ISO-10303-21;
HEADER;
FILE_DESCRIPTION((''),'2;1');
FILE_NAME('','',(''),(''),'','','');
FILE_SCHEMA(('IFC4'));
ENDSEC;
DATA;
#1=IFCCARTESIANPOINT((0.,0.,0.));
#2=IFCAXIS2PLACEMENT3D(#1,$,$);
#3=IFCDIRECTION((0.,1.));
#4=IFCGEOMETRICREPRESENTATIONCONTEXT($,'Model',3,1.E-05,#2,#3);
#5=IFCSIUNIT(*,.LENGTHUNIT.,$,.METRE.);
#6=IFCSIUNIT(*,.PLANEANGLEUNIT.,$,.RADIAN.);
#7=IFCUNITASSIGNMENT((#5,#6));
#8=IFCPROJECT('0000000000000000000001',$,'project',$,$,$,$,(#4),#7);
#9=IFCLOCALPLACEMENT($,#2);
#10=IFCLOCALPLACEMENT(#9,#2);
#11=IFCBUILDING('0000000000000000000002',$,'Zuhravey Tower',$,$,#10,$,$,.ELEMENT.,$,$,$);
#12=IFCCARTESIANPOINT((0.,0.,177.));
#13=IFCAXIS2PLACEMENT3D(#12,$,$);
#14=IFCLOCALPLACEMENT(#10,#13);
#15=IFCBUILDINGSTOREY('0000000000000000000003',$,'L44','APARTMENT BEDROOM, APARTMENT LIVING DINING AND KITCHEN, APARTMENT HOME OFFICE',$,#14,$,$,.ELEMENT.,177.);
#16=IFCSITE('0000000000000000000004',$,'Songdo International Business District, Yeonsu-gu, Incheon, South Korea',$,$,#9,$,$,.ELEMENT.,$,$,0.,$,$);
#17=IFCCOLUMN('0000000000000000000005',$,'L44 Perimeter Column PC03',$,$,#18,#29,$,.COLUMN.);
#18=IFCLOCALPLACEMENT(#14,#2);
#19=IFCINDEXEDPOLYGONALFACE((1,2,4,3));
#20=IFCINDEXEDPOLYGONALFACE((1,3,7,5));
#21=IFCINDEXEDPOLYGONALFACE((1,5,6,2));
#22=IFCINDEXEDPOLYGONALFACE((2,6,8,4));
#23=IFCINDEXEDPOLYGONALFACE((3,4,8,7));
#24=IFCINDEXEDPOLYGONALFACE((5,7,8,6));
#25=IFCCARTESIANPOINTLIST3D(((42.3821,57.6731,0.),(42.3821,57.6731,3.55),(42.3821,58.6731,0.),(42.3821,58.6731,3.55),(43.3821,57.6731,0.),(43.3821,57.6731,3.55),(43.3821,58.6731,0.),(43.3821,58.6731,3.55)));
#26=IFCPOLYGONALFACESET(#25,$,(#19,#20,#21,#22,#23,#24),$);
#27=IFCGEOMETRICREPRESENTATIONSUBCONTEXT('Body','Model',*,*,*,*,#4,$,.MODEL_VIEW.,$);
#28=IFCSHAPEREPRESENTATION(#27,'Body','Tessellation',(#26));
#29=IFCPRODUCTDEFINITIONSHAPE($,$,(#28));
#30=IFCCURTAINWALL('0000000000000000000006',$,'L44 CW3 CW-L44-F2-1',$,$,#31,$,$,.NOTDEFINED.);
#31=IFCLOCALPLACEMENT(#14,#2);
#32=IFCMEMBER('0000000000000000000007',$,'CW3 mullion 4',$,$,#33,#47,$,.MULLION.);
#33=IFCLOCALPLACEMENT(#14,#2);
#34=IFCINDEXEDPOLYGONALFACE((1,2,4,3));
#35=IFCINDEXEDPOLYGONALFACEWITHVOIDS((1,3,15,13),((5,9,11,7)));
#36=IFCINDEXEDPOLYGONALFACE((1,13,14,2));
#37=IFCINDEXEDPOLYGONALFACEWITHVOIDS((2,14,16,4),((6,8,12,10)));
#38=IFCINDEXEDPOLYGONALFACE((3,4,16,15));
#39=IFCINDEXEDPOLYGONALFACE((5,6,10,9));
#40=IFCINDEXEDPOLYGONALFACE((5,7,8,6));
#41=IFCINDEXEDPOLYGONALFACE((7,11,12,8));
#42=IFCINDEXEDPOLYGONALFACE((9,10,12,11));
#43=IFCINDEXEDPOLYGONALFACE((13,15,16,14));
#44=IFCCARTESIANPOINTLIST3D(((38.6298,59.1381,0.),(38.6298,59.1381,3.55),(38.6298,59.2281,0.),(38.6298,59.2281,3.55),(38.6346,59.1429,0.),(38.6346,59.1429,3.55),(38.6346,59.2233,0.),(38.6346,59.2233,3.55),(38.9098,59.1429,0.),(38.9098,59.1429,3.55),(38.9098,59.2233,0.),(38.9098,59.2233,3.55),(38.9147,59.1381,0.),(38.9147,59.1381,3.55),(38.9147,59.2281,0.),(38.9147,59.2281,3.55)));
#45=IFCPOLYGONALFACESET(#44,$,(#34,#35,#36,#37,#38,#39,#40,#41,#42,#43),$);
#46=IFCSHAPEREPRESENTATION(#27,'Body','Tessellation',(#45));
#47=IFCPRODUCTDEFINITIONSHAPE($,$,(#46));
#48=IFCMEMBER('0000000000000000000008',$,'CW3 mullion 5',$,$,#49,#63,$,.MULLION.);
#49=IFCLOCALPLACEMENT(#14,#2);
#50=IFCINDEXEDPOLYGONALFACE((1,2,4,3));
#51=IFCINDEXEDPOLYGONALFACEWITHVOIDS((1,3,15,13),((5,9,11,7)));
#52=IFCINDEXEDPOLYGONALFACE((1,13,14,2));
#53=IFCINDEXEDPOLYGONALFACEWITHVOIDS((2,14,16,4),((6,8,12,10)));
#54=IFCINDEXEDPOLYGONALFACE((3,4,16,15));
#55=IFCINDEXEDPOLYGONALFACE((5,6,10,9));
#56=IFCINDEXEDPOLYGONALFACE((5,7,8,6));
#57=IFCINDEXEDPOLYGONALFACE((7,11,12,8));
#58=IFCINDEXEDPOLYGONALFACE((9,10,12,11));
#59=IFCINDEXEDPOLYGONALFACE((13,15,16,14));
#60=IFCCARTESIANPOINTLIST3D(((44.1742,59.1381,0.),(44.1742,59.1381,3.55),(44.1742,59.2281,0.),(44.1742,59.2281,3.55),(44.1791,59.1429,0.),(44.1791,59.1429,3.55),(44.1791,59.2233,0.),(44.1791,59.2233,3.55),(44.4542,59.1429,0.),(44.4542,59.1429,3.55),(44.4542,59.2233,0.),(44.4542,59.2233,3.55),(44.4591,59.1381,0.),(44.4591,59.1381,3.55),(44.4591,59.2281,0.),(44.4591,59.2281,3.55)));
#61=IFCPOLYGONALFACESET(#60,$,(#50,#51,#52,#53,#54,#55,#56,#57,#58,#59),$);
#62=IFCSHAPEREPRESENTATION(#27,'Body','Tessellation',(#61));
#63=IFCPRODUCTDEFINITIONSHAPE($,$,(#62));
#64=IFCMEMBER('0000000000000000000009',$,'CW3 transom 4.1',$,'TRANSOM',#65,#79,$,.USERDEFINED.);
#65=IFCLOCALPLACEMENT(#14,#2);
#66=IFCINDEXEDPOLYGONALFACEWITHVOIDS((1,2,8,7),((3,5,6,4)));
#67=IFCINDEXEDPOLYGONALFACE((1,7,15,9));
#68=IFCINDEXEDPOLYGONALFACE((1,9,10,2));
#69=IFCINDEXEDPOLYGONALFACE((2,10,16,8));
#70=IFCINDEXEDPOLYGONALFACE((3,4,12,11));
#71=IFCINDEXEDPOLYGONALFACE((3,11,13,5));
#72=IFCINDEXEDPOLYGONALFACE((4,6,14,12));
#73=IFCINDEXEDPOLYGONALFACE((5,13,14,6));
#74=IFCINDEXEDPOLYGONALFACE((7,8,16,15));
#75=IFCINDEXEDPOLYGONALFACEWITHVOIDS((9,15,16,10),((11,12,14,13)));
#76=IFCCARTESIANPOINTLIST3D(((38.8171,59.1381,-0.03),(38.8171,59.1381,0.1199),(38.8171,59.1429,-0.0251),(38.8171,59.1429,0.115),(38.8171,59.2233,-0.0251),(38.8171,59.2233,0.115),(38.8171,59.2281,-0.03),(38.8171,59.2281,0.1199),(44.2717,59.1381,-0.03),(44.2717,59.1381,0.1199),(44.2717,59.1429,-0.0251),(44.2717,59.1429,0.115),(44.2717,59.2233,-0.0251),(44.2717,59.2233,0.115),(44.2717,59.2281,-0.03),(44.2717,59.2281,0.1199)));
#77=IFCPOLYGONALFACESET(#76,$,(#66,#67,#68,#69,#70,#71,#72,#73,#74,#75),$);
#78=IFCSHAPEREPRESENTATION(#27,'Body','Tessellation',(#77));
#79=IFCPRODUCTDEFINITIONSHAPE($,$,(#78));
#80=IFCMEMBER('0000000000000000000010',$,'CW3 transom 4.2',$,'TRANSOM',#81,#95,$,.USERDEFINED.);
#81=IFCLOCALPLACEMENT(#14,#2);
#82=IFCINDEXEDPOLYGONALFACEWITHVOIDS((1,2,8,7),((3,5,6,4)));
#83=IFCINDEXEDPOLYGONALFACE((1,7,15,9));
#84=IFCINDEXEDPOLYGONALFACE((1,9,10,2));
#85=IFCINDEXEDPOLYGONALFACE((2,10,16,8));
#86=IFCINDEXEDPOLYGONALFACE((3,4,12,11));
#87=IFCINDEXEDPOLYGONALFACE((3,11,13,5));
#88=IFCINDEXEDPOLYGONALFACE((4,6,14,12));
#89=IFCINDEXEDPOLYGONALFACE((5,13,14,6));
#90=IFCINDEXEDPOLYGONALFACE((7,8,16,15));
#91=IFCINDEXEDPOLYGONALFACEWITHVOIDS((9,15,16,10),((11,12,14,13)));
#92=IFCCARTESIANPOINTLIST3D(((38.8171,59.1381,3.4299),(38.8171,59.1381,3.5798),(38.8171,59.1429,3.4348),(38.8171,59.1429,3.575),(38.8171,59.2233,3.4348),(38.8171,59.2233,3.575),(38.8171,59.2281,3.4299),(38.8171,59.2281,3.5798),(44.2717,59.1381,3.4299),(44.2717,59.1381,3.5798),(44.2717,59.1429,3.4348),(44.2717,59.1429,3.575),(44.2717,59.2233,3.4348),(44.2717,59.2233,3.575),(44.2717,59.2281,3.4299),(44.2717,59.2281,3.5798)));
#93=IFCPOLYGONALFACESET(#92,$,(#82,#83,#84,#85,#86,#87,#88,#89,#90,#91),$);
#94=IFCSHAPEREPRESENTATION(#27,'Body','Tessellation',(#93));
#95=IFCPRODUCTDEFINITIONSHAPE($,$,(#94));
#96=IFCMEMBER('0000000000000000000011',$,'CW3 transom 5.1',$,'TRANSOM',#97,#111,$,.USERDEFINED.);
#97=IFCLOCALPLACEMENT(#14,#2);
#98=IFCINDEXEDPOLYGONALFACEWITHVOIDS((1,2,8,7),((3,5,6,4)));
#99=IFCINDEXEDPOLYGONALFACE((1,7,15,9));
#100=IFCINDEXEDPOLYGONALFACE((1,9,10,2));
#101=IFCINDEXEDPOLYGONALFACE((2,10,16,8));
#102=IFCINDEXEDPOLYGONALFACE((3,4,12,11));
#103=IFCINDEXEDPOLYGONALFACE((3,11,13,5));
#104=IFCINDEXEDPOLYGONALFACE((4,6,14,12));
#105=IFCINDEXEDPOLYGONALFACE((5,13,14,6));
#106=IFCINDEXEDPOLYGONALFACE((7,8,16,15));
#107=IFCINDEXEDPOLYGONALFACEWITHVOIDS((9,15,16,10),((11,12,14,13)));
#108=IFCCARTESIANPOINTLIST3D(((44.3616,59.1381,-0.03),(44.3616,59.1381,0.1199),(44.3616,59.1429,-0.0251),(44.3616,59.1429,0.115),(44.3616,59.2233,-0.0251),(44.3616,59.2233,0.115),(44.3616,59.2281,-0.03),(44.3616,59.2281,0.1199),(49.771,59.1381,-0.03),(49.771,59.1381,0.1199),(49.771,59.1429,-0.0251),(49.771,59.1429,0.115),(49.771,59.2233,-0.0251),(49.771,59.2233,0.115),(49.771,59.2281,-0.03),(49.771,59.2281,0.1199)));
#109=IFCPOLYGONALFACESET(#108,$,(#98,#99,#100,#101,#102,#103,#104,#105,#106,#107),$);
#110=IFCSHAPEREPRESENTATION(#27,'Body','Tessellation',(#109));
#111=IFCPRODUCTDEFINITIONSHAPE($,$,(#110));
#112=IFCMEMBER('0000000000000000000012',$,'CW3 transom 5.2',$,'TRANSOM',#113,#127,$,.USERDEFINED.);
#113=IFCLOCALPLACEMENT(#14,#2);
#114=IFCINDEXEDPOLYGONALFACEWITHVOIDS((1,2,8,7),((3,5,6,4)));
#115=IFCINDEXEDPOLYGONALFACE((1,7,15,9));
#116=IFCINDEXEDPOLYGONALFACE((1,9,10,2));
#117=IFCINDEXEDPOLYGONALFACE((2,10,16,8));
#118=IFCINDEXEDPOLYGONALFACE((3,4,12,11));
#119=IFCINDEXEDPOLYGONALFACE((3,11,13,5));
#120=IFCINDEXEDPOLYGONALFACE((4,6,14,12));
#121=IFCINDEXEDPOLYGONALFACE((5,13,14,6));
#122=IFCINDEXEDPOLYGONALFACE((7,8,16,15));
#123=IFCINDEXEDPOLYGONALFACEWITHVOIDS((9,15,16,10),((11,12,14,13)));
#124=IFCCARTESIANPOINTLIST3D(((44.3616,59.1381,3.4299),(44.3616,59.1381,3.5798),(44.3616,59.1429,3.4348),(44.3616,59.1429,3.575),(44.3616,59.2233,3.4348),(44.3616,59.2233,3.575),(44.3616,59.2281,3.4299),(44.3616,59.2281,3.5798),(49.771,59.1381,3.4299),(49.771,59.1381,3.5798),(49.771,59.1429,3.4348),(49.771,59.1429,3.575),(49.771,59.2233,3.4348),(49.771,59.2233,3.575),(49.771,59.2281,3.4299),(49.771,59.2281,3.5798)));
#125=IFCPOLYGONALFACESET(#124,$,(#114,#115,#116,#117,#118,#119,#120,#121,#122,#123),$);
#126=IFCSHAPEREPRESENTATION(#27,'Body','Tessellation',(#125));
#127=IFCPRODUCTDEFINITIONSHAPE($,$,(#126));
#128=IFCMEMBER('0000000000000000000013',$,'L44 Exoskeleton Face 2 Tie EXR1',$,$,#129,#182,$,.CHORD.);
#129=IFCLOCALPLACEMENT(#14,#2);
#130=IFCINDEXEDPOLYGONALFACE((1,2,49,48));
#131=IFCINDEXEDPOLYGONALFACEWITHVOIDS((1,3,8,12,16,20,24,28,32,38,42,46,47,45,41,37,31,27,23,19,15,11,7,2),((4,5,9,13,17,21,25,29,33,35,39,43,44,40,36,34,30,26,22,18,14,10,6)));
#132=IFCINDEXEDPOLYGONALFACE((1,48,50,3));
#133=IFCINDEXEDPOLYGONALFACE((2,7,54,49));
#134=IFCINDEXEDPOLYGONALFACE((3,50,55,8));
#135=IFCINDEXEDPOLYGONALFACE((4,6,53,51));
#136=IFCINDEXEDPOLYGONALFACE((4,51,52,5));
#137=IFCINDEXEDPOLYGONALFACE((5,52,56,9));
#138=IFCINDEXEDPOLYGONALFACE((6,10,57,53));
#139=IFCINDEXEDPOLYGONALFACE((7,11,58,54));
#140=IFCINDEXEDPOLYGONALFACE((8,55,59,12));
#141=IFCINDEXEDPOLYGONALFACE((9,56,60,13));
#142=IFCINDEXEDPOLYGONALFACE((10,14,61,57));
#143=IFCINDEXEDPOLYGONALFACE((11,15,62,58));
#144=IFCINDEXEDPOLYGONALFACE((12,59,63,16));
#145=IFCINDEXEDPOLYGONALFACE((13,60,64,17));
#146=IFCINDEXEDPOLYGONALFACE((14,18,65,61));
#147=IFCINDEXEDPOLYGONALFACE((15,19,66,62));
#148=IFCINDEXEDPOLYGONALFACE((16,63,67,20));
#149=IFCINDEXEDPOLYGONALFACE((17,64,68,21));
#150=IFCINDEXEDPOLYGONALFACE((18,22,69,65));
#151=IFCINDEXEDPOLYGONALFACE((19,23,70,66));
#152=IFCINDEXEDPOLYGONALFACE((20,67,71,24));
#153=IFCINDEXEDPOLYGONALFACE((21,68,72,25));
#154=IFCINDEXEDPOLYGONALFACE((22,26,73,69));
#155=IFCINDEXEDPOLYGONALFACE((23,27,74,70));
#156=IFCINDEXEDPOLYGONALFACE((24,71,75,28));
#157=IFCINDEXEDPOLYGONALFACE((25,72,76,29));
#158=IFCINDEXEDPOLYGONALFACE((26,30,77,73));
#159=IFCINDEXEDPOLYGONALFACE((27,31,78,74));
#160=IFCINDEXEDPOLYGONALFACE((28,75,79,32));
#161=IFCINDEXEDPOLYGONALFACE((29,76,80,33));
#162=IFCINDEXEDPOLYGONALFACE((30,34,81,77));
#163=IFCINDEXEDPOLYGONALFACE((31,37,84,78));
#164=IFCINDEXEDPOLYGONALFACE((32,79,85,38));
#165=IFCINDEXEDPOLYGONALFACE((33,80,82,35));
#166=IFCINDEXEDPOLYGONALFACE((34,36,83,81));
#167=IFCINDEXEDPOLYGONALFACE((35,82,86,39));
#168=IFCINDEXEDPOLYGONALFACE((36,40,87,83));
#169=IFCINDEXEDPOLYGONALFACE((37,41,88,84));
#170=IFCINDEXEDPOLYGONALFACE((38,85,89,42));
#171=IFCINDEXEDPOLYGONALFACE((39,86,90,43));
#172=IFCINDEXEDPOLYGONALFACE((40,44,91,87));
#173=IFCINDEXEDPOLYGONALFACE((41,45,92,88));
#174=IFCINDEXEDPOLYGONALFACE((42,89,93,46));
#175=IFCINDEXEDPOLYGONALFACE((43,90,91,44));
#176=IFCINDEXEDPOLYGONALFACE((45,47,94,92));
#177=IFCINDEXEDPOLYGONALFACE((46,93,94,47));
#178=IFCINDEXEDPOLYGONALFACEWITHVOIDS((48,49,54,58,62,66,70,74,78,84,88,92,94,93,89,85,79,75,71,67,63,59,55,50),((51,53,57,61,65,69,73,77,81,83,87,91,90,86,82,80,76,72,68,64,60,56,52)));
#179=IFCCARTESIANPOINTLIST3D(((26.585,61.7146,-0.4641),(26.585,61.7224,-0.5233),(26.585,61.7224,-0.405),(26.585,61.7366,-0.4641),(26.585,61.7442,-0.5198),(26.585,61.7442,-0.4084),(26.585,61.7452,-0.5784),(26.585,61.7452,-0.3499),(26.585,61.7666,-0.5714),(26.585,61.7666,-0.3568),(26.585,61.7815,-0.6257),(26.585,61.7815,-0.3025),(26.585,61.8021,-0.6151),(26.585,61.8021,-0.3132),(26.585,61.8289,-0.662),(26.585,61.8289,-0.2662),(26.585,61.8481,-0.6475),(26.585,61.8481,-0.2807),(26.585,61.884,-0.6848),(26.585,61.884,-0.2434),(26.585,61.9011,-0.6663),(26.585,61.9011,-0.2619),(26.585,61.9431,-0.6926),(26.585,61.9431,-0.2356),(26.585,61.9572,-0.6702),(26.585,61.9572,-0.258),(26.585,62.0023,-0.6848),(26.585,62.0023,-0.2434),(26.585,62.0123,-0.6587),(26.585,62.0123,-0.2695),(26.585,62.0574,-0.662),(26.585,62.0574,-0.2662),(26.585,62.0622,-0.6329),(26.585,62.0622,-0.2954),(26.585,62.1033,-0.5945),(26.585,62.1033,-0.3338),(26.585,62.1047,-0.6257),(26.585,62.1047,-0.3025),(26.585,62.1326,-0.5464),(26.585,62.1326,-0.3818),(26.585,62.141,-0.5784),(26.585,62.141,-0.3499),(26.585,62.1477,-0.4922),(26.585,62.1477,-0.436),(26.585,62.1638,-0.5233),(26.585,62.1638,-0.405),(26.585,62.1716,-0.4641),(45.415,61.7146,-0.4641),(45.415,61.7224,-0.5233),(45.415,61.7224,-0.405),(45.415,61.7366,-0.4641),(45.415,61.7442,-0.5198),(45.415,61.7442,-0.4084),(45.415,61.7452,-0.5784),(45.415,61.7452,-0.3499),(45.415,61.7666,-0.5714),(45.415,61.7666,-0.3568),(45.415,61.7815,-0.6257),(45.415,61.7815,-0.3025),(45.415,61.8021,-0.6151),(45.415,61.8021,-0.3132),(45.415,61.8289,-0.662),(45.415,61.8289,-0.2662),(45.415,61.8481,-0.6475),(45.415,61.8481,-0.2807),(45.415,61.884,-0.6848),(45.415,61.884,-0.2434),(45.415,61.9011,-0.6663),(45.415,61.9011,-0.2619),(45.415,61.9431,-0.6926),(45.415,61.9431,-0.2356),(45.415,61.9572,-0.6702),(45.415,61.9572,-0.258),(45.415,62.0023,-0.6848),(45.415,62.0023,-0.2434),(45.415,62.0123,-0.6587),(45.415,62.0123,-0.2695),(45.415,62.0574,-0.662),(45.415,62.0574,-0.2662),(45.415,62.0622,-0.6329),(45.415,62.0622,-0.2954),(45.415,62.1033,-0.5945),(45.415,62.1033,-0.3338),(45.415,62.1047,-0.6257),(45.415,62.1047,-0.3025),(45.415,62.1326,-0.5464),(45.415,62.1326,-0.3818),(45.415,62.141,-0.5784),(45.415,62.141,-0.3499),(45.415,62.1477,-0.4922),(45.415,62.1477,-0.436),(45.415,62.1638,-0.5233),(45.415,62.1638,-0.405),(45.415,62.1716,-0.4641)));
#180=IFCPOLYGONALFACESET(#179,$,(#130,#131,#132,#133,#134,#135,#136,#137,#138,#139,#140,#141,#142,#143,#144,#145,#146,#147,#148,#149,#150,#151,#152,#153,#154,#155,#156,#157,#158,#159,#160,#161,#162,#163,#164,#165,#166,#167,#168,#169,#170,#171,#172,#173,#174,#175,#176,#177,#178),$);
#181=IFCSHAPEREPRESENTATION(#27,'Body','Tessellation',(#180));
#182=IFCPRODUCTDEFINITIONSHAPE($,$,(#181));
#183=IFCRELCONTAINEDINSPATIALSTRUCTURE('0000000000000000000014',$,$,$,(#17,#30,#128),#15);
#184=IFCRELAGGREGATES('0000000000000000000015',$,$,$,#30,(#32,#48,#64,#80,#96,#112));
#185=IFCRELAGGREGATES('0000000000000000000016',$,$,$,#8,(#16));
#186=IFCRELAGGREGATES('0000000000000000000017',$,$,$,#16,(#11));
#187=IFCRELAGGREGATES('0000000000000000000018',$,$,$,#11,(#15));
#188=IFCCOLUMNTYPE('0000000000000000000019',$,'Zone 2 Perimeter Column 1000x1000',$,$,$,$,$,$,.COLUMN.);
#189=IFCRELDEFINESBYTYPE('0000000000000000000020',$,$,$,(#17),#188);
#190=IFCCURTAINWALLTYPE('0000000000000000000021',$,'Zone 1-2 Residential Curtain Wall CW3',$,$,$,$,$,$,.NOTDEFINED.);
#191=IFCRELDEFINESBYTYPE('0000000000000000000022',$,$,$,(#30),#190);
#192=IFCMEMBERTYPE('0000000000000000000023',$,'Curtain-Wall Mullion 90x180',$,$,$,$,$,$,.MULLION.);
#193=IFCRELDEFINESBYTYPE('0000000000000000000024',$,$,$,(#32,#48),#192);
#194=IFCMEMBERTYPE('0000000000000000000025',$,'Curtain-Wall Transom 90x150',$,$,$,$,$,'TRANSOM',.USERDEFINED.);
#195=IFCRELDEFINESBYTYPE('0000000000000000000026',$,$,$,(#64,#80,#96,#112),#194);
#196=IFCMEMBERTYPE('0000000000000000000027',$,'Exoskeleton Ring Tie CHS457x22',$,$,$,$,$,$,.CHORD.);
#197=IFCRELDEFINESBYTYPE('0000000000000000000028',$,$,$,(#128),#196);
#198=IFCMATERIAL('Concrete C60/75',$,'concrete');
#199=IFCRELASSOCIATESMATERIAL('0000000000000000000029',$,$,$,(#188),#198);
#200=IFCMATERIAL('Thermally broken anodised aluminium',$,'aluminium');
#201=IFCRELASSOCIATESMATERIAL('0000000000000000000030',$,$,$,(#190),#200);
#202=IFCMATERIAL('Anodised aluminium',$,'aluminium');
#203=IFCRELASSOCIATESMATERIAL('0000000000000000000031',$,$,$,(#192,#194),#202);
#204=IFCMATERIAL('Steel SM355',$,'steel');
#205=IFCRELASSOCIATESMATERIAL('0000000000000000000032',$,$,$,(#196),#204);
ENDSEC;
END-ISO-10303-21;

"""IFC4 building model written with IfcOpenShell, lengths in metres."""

from ifc_helpers import new_model, si_unit, direction, frame, origin, origin_2d, place, context, subcontext, project, spatial, rectangle, hollow_rectangle, hollow_circle, extrude, material, material_profile, profile_set, type_object, element, aggregate, save


model = new_model("IFC4")

# Units and contexts
model_context = context("Model", 3, precision=1e-05, world=origin(), true_north=direction((0.0, 1.0)))
body_context = subcontext(model_context, "Body", "Model", "MODEL_VIEW")
ifc_project = project(units=[si_unit("LENGTHUNIT", "METRE"), si_unit("PLANEANGLEUNIT", "RADIAN")], contexts=[model_context])

# Site, building, storey
site_placement = place(None, origin())
site = spatial("IfcSite", under=ifc_project, at=site_placement, Name="Songdo International Business District, Yeonsu-gu, Incheon, South Korea", CompositionType="ELEMENT", RefElevation=0.0)
building_placement = place(site_placement, origin())
building = spatial("IfcBuilding", under=site, at=building_placement, Name="Zuhravey Tower", CompositionType="ELEMENT")
storey_placement = place(building_placement, frame((0.0, 0.0, 177.0)))
storey = spatial("IfcBuildingStorey", under=building, at=storey_placement, Name="L44", Description="APARTMENT BEDROOM, APARTMENT LIVING DINING AND KITCHEN, APARTMENT HOME OFFICE", CompositionType="ELEMENT", Elevation=177.0)

# Column
ifc_material_1 = material(Name="Concrete C60/75", Category="concrete")
ifc_material_profile_1 = material_profile(ifc_material_1, rectangle(XDim=1.0, YDim=1.0, at=origin_2d()), Name="RC-1000x1000")
ifc_profile_set_1 = profile_set([ifc_material_profile_1], Name="Concrete C60/75")
column_type = type_object("IfcColumnType", Name="Zone 2 Perimeter Column 1000x1000", PredefinedType="COLUMN", material=ifc_profile_set_1)
column_placement = place(storey_placement, frame((42.8821, 58.1731, 0.0), z_axis=(0.0, 0.0, 1.0), x_axis=(-1.0, 0.0, 0.0)))
element("IfcColumn", 1, at=column_placement, inside=storey, type_object=column_type, Name="L44 Perimeter Column PC03", PredefinedType="COLUMN", context=body_context, shape_type="SweptSolid", body=[
    extrude(rectangle(XDim=1.0, YDim=1.0, at=origin_2d()), origin(), (0.0, 0.0, 1.0), 3.55),
])

# Curtain wall, members
ifc_material_2 = material(Name="Thermally broken anodised aluminium", Category="aluminium")
curtain_wall_type = type_object("IfcCurtainWallType", Name="Zone 1-2 Residential Curtain Wall CW3", PredefinedType="NOTDEFINED", material=ifc_material_2)
curtain_wall_placement = place(storey_placement, origin())
curtain_wall = element("IfcCurtainWall", 2, at=curtain_wall_placement, inside=storey, type_object=curtain_wall_type, Name="L44 CW3 CW-L44-F2-1", PredefinedType="NOTDEFINED")
ifc_material_3 = material(Name="Anodised aluminium", Category="aluminium")
ifc_material_profile_2 = material_profile(ifc_material_3, hollow_rectangle(XDim=0.0901, YDim=0.2849, WallThickness=0.0049, at=origin_2d()), Name="ALU-RHS-90x285x5")
ifc_profile_set_2 = profile_set([ifc_material_profile_2], Name="Anodised aluminium")
member_type_1 = type_object("IfcMemberType", Name="Curtain-Wall Mullion 90x180", PredefinedType="MULLION", material=ifc_profile_set_2)
member_1_placement = place(storey_placement, frame((38.7722, 59.1831, 0.0), z_axis=(0.0, 0.0, 1.0), x_axis=(0.0, 1.0, 0.0)))
member_1 = element("IfcMember", 3, at=member_1_placement, type_object=member_type_1, Name="CW3 mullion 4", PredefinedType="MULLION", context=body_context, shape_type="SweptSolid", body=[
    extrude(hollow_rectangle(XDim=0.0901, YDim=0.2849, WallThickness=0.0049, at=origin_2d()), origin(), (0.0, 0.0, 1.0), 3.55),
])
member_2_placement = place(storey_placement, frame((44.3167, 59.1831, 0.0), z_axis=(0.0, 0.0, 1.0), x_axis=(0.0, 1.0, 0.0)))
member_2 = element("IfcMember", 4, at=member_2_placement, type_object=member_type_1, Name="CW3 mullion 5", PredefinedType="MULLION", context=body_context, shape_type="SweptSolid", body=[
    extrude(hollow_rectangle(XDim=0.0901, YDim=0.2849, WallThickness=0.0049, at=origin_2d()), origin(), (0.0, 0.0, 1.0), 3.55),
])
ifc_material_profile_3 = material_profile(ifc_material_3, hollow_rectangle(XDim=0.0901, YDim=0.1499, WallThickness=0.0049, at=origin_2d()), Name="ALU-RHS-90x150x5")
ifc_profile_set_3 = profile_set([ifc_material_profile_3], Name="Anodised aluminium")
member_type_2 = type_object("IfcMemberType", Name="Curtain-Wall Transom 90x150", ElementType="TRANSOM", PredefinedType="USERDEFINED", material=ifc_profile_set_3)
member_3_placement = place(storey_placement, frame((38.8171, 59.1831, 0.0449), z_axis=(1.0, 0.0, 0.0), x_axis=(0.0, 1.0, 0.0)))
member_3 = element("IfcMember", 5, at=member_3_placement, type_object=member_type_2, Name="CW3 transom 4.1", ObjectType="TRANSOM", PredefinedType="USERDEFINED", context=body_context, shape_type="SweptSolid", body=[
    extrude(hollow_rectangle(XDim=0.0901, YDim=0.1499, WallThickness=0.0049, at=origin_2d()), origin(), (0.0, 0.0, 1.0), 5.4546),
])
member_4_placement = place(storey_placement, frame((38.8171, 59.1831, 3.5049), z_axis=(1.0, 0.0, 0.0), x_axis=(0.0, 1.0, 0.0)))
member_4 = element("IfcMember", 6, at=member_4_placement, type_object=member_type_2, Name="CW3 transom 4.2", ObjectType="TRANSOM", PredefinedType="USERDEFINED", context=body_context, shape_type="SweptSolid", body=[
    extrude(hollow_rectangle(XDim=0.0901, YDim=0.1499, WallThickness=0.0049, at=origin_2d()), origin(), (0.0, 0.0, 1.0), 5.4546),
])
member_5_placement = place(storey_placement, frame((44.3616, 59.1831, 0.0449), z_axis=(1.0, 0.0, 0.0), x_axis=(0.0, 1.0, 0.0)))
member_5 = element("IfcMember", 7, at=member_5_placement, type_object=member_type_2, Name="CW3 transom 5.1", ObjectType="TRANSOM", PredefinedType="USERDEFINED", context=body_context, shape_type="SweptSolid", body=[
    extrude(hollow_rectangle(XDim=0.0901, YDim=0.1499, WallThickness=0.0049, at=origin_2d()), origin(), (0.0, 0.0, 1.0), 5.4094),
])
member_6_placement = place(storey_placement, frame((44.3616, 59.1831, 3.5049), z_axis=(1.0, 0.0, 0.0), x_axis=(0.0, 1.0, 0.0)))
member_6 = element("IfcMember", 8, at=member_6_placement, type_object=member_type_2, Name="CW3 transom 5.2", ObjectType="TRANSOM", PredefinedType="USERDEFINED", context=body_context, shape_type="SweptSolid", body=[
    extrude(hollow_rectangle(XDim=0.0901, YDim=0.1499, WallThickness=0.0049, at=origin_2d()), origin(), (0.0, 0.0, 1.0), 5.4094),
])

# Member
ifc_material_4 = material(Name="Steel SM355", Category="steel")
ifc_material_profile_4 = material_profile(ifc_material_4, hollow_circle(Radius=0.2285, WallThickness=0.022, at=origin_2d()), Name="CHS-457.2x22")
ifc_profile_set_4 = profile_set([ifc_material_profile_4], Name="Steel SM355")
member_type_3 = type_object("IfcMemberType", Name="Exoskeleton Ring Tie CHS457x22", PredefinedType="CHORD", material=ifc_profile_set_4)
member_7_placement = place(storey_placement, frame((45.415, 61.9431, -0.4641), z_axis=(-1.0, 0.0, 0.0), x_axis=(0.0, -1.0, 0.0)))
element("IfcMember", 9, at=member_7_placement, inside=storey, type_object=member_type_3, Name="L44 Exoskeleton Face 2 Tie EXR1", PredefinedType="CHORD", context=body_context, shape_type="SweptSolid", body=[
    extrude(hollow_circle(Radius=0.2285, WallThickness=0.022, at=origin_2d()), origin(), (0.0, 0.0, 1.0), 18.8301),
])

aggregate(curtain_wall, [member_1, member_2, member_3, member_4, member_5, member_6])

save(model, "model.ifc")
